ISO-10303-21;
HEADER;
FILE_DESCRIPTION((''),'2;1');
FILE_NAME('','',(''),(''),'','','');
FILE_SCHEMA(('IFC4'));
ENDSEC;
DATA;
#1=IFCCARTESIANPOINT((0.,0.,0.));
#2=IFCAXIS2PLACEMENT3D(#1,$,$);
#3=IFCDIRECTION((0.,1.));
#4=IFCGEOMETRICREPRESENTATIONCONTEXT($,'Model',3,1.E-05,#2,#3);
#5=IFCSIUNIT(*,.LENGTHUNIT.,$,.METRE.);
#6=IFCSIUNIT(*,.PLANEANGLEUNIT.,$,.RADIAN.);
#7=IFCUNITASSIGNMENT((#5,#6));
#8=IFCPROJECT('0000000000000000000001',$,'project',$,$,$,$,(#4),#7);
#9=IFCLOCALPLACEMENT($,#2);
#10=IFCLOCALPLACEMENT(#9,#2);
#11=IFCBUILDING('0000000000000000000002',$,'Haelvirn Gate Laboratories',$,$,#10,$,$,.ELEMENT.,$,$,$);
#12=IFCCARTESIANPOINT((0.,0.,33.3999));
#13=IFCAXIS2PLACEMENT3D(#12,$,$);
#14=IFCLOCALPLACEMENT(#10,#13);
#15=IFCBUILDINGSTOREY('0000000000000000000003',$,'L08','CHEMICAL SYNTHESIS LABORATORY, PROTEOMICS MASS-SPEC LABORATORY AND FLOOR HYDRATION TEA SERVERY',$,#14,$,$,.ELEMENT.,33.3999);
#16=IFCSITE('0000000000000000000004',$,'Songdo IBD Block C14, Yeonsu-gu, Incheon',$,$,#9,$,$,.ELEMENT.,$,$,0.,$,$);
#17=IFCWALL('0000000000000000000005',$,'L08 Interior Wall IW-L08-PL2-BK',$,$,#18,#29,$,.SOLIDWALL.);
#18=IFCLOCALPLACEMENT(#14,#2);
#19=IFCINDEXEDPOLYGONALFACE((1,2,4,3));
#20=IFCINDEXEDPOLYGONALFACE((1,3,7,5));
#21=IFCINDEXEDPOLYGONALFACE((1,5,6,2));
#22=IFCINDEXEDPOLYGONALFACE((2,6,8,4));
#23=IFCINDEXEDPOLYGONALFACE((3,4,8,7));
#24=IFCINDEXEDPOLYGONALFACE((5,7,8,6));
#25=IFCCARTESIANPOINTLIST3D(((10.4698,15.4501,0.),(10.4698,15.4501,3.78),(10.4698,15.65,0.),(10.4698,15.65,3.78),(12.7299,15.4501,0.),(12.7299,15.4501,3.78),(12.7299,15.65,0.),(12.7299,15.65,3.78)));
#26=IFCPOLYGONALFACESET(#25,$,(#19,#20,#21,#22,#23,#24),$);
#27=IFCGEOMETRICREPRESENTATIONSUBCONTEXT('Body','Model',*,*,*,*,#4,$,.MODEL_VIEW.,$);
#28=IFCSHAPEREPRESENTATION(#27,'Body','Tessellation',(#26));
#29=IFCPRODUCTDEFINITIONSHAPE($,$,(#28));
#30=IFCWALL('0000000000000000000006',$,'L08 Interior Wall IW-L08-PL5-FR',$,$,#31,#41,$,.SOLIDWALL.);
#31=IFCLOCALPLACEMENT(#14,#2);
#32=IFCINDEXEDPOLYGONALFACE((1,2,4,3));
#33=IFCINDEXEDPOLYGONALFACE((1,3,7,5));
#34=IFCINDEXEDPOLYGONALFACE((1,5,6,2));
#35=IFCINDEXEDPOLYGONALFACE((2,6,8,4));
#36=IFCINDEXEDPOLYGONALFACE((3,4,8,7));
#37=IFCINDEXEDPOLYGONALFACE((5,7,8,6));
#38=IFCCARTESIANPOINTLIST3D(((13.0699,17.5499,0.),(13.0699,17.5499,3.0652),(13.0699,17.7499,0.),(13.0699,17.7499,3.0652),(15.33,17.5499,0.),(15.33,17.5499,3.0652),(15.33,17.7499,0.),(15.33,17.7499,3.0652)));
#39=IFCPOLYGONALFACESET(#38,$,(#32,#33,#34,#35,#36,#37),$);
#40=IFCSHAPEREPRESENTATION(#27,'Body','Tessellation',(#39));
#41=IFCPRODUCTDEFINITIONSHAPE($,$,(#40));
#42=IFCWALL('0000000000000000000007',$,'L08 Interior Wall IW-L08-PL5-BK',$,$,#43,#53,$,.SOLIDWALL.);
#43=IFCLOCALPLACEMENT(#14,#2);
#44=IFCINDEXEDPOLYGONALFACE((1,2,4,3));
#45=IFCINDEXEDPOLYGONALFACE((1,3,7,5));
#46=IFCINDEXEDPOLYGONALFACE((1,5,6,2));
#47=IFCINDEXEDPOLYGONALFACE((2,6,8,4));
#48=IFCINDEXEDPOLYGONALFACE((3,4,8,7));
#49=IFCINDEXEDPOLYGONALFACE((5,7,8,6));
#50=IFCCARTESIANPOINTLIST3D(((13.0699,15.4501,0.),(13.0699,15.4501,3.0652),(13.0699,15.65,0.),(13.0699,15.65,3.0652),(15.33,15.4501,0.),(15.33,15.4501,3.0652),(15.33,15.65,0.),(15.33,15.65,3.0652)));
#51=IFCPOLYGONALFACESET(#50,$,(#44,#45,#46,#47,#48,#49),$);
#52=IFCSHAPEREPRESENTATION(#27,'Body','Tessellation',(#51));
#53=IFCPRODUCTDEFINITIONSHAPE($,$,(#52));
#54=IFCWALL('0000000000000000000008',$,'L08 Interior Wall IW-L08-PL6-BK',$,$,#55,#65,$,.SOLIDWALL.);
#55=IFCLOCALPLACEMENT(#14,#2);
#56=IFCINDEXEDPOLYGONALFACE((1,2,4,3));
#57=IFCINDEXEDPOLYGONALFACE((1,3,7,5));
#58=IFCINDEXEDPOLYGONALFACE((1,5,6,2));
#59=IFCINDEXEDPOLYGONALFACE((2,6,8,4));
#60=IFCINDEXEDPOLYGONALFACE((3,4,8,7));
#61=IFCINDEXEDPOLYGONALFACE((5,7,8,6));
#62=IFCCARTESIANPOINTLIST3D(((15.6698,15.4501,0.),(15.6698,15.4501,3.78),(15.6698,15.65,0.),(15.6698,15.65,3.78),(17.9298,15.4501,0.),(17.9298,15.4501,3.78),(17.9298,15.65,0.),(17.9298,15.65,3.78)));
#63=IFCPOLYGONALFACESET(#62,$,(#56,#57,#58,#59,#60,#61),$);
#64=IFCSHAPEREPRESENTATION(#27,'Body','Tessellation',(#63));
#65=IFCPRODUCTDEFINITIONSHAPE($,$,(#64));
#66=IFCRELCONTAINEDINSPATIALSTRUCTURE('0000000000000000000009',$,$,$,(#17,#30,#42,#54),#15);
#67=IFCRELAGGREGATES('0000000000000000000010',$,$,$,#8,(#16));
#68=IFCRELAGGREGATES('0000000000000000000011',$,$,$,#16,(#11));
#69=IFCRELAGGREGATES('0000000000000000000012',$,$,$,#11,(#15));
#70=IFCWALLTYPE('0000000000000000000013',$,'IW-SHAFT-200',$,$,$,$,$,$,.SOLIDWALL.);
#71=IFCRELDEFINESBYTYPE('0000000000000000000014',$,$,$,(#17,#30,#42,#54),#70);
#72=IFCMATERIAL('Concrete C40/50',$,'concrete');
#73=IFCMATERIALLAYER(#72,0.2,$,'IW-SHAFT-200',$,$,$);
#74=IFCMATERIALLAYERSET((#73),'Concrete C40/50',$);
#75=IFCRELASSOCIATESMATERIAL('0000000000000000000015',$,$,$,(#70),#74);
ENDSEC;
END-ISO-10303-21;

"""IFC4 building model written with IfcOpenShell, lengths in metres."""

from ifc_helpers import new_model, si_unit, direction, frame, frame_2d, origin, place, context, subcontext, project, spatial, rectangle, extrude, material, layer, layer_set, type_object, element, save


model = new_model("IFC4")

# Units and contexts
model_context = context("Model", 3, precision=1e-05, world=origin(), true_north=direction((0.0, 1.0)))
body_context = subcontext(model_context, "Body", "Model", "MODEL_VIEW")
ifc_project = project(units=[si_unit("LENGTHUNIT", "METRE"), si_unit("PLANEANGLEUNIT", "RADIAN")], contexts=[model_context])

# Site, building, storey
site_placement = place(None, origin())
site = spatial("IfcSite", under=ifc_project, at=site_placement, Name="Songdo IBD Block C14, Yeonsu-gu, Incheon", CompositionType="ELEMENT", RefElevation=0.0)
building_placement = place(site_placement, origin())
building = spatial("IfcBuilding", under=site, at=building_placement, Name="Haelvirn Gate Laboratories", CompositionType="ELEMENT")
storey_placement = place(building_placement, frame((0.0, 0.0, 33.3999)))
storey = spatial("IfcBuildingStorey", under=building, at=storey_placement, Name="L08", Description="CHEMICAL SYNTHESIS LABORATORY, PROTEOMICS MASS-SPEC LABORATORY AND FLOOR HYDRATION TEA SERVERY", CompositionType="ELEMENT", Elevation=33.3999)

# Shared definitions
ifc_material_1 = material(Name="Concrete C40/50", Category="concrete")

# Shared definitions
ifc_layer_1 = layer(ifc_material_1, 0.2, Name="IW-SHAFT-200")
ifc_layer_set_1 = layer_set([ifc_layer_1], Name="Concrete C40/50")
wall_type_1 = type_object("IfcWallType", Name="IW-SHAFT-200", PredefinedType="SOLIDWALL", material=ifc_layer_set_1)

# Walls
wall_1_placement = place(storey_placement, frame((10.47, 15.55, 0.0), z_axis=(0.0, 0.0, 1.0), x_axis=(1.0, 0.0, 0.0)))
element("IfcWall", 1, at=wall_1_placement, inside=storey, type_object=wall_type_1, Name="L08 Interior Wall IW-L08-PL2-BK", PredefinedType="SOLIDWALL", context=body_context, shape_type="SweptSolid", body=[
    extrude(rectangle(XDim=2.26, YDim=0.2, at=frame_2d((1.1299, 0.0))), origin(), (0.0, 0.0, 1.0), 3.78),
])
for number, where, z_axis, x_axis, name in (
    (2, (13.0701, 17.6499, 0.0), (0.0, 0.0, 1.0), (1.0, 0.0, 0.0), "L08 Interior Wall IW-L08-PL5-FR"),
    (3, (13.0701, 15.55, 0.0), (0.0, 0.0, 1.0), (1.0, 0.0, 0.0), "L08 Interior Wall IW-L08-PL5-BK"),
):
    element("IfcWall", number, at=place(storey_placement, frame(where, z_axis=z_axis, x_axis=x_axis)), inside=storey, type_object=wall_type_1, Name=name, PredefinedType="SOLIDWALL", context=body_context, shape_type="SweptSolid", body=[
        extrude(rectangle(XDim=2.26, YDim=0.2, at=frame_2d((1.1299, 0.0))), origin(), (0.0, 0.0, 1.0), 3.0652),
    ])
wall_2_placement = place(storey_placement, frame((15.6699, 15.55, 0.0), z_axis=(0.0, 0.0, 1.0), x_axis=(1.0, 0.0, 0.0)))
element("IfcWall", 4, at=wall_2_placement, inside=storey, type_object=wall_type_1, Name="L08 Interior Wall IW-L08-PL6-BK", PredefinedType="SOLIDWALL", context=body_context, shape_type="SweptSolid", body=[
    extrude(rectangle(XDim=2.26, YDim=0.2, at=frame_2d((1.1299, 0.0))), origin(), (0.0, 0.0, 1.0), 3.78),
])

save(model, "model.ifc")
